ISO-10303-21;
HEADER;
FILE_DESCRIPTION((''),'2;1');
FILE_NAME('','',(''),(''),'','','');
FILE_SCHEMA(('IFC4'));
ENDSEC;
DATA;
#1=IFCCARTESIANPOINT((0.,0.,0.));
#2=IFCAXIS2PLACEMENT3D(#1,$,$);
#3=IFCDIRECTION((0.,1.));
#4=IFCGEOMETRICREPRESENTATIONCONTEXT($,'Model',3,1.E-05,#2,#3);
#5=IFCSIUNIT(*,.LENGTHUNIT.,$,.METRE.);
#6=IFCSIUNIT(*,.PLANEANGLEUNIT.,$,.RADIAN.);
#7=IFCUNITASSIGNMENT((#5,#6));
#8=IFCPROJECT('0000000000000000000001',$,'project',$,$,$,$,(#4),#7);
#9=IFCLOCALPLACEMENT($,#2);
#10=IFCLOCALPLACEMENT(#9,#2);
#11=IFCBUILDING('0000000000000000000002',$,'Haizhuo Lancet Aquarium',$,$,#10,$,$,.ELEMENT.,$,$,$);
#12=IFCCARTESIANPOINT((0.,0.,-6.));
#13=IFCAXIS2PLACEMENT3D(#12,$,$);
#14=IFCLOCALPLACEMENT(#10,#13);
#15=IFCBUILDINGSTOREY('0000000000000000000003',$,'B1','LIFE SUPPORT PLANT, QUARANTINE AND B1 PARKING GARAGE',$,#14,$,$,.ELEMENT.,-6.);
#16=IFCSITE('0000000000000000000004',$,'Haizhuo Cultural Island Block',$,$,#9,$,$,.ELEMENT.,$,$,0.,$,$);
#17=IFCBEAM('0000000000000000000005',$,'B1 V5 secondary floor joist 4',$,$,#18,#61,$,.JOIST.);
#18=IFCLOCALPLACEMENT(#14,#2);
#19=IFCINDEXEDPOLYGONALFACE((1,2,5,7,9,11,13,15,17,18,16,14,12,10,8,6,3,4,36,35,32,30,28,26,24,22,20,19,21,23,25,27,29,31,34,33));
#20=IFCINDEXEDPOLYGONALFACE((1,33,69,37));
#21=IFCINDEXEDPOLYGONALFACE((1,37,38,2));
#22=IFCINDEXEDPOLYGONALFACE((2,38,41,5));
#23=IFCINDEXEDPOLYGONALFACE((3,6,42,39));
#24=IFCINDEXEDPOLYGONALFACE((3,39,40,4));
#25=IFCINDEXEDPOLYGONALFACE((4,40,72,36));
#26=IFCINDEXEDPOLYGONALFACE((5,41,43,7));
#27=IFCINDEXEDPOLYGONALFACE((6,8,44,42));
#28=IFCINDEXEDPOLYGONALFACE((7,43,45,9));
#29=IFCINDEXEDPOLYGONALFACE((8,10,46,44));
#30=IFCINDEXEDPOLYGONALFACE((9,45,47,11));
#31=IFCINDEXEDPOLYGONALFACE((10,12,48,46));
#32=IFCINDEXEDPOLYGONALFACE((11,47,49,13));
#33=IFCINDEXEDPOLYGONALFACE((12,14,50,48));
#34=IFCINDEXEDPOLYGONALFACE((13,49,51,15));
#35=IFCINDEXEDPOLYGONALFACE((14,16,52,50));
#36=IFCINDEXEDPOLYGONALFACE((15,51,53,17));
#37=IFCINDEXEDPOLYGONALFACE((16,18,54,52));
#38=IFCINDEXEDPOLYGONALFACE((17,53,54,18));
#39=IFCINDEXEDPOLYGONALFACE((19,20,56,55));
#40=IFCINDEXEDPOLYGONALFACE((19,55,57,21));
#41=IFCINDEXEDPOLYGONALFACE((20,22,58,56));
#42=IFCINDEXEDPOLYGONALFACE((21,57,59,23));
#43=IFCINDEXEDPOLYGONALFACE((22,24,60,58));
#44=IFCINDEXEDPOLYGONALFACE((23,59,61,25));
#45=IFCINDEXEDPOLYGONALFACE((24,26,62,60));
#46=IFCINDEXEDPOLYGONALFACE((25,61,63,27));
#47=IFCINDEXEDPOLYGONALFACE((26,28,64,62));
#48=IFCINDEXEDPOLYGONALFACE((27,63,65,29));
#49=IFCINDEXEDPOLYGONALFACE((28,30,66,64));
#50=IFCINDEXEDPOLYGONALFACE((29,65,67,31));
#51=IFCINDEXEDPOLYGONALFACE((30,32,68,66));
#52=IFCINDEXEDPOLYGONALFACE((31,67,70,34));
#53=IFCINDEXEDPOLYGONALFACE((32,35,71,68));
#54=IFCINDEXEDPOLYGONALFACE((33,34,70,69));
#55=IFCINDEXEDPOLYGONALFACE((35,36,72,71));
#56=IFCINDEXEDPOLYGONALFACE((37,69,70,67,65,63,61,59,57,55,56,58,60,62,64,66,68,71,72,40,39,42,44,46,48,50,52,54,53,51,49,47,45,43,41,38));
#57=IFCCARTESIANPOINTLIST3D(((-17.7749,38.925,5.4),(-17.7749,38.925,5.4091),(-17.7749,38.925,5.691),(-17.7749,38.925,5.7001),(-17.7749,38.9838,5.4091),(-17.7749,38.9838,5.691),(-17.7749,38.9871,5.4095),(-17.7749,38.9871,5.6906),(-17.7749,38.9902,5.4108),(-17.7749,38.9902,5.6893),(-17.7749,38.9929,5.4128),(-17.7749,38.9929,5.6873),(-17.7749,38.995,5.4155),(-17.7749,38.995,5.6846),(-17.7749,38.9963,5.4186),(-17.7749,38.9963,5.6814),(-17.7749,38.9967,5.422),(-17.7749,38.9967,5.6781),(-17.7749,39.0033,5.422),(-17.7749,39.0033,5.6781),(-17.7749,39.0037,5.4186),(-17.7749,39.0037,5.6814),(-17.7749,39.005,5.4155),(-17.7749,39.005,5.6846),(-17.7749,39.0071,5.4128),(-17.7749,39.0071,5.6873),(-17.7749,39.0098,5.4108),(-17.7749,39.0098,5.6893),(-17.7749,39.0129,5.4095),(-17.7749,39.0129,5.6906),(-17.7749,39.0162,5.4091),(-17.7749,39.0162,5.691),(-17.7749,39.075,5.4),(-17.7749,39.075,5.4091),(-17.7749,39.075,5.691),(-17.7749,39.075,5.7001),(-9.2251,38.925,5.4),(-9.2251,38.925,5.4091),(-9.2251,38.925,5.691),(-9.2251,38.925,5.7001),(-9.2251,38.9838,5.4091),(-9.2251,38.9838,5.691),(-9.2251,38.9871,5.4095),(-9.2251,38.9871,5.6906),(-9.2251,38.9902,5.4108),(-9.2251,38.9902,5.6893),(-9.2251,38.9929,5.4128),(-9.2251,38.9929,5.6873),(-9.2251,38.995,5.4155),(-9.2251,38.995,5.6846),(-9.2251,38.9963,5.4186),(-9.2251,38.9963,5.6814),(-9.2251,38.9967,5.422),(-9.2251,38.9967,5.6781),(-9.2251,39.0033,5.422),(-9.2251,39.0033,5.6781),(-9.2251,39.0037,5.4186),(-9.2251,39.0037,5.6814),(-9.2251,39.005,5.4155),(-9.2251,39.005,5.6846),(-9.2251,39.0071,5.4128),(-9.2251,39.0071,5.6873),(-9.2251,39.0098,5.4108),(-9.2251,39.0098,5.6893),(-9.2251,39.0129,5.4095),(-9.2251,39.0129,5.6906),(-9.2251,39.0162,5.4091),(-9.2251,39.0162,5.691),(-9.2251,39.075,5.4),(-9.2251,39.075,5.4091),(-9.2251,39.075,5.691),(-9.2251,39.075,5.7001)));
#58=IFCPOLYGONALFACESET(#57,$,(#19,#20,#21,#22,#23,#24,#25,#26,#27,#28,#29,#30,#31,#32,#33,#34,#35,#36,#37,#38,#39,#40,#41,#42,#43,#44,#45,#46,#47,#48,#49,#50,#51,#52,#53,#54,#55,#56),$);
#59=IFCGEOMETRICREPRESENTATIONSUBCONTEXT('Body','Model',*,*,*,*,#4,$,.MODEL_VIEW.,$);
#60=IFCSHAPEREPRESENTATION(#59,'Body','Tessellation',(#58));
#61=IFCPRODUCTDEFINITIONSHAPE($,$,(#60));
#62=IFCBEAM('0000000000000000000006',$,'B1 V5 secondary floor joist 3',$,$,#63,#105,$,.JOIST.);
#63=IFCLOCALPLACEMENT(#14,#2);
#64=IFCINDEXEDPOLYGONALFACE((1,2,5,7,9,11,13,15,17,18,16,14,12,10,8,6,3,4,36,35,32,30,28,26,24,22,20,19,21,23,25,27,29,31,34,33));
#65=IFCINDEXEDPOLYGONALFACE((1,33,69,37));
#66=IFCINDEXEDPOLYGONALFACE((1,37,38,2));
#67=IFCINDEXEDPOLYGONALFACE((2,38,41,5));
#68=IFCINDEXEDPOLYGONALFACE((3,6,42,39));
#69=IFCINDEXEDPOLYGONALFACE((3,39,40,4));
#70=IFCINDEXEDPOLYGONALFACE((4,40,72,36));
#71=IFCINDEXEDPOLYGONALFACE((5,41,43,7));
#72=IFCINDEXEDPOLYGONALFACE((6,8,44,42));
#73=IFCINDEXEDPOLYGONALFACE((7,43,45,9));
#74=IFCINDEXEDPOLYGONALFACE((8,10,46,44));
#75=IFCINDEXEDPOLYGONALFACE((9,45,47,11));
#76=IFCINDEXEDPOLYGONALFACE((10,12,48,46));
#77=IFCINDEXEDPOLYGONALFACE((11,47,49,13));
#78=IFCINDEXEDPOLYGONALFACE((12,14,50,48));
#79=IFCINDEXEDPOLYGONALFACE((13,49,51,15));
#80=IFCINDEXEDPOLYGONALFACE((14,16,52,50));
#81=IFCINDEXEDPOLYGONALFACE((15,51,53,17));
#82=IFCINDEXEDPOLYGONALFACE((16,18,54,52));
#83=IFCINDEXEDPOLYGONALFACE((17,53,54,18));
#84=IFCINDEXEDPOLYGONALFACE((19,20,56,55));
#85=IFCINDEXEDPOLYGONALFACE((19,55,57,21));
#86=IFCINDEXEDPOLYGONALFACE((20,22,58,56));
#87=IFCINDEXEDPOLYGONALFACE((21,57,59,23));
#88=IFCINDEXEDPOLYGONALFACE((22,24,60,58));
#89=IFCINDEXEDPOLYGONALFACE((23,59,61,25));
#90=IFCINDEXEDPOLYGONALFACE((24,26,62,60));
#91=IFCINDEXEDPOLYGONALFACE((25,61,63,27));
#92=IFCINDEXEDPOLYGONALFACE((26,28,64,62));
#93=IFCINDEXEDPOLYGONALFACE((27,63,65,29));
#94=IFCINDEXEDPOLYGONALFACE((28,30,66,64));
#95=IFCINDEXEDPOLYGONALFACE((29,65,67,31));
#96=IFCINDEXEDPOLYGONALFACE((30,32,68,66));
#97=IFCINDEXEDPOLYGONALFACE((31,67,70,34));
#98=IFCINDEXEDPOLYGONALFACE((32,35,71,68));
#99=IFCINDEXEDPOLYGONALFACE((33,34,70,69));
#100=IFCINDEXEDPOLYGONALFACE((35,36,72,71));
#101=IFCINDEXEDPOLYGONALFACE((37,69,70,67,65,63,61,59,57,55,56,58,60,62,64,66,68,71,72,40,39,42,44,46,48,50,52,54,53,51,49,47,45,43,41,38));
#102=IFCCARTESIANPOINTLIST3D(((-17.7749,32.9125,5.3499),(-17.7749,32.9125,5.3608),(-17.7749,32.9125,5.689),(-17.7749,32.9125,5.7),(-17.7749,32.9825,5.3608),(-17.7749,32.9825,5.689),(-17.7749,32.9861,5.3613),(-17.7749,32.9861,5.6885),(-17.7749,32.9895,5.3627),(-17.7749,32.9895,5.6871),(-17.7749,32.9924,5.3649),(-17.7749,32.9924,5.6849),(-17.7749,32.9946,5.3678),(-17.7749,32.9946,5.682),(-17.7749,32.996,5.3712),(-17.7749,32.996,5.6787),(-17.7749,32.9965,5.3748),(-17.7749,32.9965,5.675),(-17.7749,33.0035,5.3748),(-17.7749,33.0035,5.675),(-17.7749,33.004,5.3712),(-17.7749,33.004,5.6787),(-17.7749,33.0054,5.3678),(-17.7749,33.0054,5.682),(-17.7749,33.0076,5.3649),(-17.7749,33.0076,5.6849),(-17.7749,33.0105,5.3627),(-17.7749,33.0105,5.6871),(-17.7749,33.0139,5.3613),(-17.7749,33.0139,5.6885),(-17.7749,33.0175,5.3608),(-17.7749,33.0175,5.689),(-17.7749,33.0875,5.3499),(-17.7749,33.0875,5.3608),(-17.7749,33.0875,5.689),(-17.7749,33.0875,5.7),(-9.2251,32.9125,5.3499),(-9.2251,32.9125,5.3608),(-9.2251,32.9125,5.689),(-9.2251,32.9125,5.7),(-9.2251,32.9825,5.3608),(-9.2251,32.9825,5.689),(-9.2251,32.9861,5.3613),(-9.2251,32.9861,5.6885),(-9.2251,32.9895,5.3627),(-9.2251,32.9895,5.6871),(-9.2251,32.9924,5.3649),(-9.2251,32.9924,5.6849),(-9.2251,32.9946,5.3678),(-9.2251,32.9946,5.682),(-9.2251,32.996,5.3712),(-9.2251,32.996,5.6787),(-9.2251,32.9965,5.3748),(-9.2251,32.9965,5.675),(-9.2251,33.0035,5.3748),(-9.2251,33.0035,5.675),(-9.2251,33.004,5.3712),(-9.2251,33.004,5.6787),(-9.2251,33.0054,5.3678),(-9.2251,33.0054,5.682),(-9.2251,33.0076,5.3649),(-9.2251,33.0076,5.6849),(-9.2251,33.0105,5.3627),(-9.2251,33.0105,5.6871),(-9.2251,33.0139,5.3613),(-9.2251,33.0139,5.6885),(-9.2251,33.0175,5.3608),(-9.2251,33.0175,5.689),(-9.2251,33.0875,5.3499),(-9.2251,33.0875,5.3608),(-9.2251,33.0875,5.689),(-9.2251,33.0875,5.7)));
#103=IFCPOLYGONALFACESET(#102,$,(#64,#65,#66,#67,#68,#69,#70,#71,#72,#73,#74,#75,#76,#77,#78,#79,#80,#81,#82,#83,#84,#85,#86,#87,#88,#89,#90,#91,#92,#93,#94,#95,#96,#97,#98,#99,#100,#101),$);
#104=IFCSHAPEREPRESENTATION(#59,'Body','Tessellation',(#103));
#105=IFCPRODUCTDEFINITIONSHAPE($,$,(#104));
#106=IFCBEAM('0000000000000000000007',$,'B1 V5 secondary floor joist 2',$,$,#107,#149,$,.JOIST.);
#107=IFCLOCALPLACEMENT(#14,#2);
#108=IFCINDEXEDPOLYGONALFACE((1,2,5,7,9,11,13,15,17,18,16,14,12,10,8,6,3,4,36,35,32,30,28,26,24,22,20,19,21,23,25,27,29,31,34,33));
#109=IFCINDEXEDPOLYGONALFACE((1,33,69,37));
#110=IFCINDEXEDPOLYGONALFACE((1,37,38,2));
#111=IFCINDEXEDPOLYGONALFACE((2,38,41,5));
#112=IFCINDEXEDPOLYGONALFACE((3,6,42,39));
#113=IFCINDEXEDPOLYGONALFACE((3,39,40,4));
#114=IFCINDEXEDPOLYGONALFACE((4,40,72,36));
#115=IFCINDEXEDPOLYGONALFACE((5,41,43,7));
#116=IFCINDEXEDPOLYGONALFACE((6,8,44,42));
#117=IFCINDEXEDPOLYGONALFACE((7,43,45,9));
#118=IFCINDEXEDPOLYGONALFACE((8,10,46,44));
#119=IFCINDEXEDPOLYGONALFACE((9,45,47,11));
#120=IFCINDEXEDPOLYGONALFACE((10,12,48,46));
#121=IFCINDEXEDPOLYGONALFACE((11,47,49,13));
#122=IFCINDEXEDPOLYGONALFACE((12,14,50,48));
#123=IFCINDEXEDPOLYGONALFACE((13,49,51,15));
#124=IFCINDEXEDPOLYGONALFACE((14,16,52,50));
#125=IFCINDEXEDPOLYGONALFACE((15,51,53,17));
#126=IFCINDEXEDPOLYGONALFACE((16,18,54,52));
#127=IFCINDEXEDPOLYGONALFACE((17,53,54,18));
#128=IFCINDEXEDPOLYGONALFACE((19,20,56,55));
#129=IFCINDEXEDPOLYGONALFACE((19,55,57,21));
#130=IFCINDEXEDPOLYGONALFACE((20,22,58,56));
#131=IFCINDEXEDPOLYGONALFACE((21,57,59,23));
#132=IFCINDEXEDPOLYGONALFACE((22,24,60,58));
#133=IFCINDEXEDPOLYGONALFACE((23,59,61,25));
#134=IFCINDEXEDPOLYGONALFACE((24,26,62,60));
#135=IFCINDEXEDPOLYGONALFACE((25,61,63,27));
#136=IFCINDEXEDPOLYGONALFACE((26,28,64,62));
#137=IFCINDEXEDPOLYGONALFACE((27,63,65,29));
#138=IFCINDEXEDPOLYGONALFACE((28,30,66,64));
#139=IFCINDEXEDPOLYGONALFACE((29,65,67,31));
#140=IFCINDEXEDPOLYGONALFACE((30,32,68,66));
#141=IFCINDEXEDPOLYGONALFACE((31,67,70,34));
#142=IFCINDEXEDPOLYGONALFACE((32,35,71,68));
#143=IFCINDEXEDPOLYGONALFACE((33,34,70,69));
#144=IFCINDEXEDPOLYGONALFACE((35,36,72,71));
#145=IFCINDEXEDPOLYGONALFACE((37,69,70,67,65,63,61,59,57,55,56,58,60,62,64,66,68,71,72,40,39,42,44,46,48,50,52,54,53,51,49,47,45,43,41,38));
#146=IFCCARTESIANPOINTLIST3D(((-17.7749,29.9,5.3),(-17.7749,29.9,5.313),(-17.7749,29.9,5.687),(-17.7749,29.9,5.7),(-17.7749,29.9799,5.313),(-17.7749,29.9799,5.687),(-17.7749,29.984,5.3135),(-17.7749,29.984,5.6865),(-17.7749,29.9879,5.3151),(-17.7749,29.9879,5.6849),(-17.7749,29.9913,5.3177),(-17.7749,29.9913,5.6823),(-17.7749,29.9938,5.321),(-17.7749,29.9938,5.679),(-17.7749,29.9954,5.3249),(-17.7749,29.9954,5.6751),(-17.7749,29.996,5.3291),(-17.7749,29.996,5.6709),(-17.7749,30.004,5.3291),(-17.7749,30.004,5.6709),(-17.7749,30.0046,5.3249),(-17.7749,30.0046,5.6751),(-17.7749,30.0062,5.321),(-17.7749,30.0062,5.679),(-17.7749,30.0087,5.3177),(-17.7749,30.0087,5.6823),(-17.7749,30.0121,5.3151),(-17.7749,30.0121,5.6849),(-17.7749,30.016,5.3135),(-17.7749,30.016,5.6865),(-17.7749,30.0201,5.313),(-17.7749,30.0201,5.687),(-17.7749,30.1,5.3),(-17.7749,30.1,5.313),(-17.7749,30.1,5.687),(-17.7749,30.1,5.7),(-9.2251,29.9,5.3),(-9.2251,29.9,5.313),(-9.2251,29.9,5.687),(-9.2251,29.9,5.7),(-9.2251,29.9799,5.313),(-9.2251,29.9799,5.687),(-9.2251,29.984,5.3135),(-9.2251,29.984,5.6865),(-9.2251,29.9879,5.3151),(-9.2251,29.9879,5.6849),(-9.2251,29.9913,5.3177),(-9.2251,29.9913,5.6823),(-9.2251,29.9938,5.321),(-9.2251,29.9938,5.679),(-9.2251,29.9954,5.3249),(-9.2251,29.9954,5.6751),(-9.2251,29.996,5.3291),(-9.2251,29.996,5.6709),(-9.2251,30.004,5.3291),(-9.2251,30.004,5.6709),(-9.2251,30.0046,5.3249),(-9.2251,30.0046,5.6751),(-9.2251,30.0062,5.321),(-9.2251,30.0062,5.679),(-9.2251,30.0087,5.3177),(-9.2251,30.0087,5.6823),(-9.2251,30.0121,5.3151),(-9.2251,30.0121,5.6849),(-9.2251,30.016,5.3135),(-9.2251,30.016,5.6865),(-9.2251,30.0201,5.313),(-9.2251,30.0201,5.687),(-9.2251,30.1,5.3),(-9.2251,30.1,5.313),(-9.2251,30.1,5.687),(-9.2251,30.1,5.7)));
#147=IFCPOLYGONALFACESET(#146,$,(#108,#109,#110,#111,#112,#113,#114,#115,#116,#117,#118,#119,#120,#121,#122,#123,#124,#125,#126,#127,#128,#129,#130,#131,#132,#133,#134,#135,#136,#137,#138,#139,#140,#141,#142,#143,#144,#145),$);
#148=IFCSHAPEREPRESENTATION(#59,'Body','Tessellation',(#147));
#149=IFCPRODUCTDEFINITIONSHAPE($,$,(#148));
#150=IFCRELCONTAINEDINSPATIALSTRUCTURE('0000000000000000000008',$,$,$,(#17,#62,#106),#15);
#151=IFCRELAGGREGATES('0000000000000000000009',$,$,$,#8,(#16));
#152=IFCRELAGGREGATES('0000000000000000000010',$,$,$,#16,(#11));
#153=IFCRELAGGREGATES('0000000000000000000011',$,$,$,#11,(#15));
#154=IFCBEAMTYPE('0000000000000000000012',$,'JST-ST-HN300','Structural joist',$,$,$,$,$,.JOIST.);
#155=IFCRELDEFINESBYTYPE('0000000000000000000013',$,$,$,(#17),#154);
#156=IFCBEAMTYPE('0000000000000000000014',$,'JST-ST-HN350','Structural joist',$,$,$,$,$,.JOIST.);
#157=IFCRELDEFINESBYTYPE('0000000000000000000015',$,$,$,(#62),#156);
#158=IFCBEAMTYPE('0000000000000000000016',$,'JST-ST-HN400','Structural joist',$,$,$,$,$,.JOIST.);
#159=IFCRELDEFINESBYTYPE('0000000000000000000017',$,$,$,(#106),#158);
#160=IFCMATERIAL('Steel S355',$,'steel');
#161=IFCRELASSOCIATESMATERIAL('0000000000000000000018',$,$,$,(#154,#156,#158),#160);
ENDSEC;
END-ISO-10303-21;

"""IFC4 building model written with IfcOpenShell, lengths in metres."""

from ifc_helpers import new_model, si_unit, direction, frame, origin, origin_2d, place, context, subcontext, project, spatial, i_section, extrude, material, material_profile, profile_set, type_object, element, save


model = new_model("IFC4")

# Units and contexts
model_context = context("Model", 3, precision=1e-05, world=origin(), true_north=direction((0.0, 1.0)))
body_context = subcontext(model_context, "Body", "Model", "MODEL_VIEW")
ifc_project = project(units=[si_unit("LENGTHUNIT", "METRE"), si_unit("PLANEANGLEUNIT", "RADIAN")], contexts=[model_context])

# Site, building, storey
site_placement = place(None, origin())
site = spatial("IfcSite", under=ifc_project, at=site_placement, Name="Haizhuo Cultural Island Block", CompositionType="ELEMENT", RefElevation=0.0)
building_placement = place(site_placement, origin())
building = spatial("IfcBuilding", under=site, at=building_placement, Name="Haizhuo Lancet Aquarium", CompositionType="ELEMENT")
storey_placement = place(building_placement, frame((0.0, 0.0, -6.0)))
storey = spatial("IfcBuildingStorey", under=building, at=storey_placement, Name="B1", Description="LIFE SUPPORT PLANT, QUARANTINE AND B1 PARKING GARAGE", CompositionType="ELEMENT", Elevation=-6.0)

# Beams
ifc_material_1 = material(Name="Steel S355", Category="steel")
ifc_material_profile_1 = material_profile(ifc_material_1, i_section(OverallWidth=0.1499, OverallDepth=0.3, WebThickness=0.0066, FlangeThickness=0.009, FilletRadius=0.0129, at=origin_2d()), Name="HN 300x150x6.5x9")
ifc_profile_set_1 = profile_set([ifc_material_profile_1], Name="Steel S355")
beam_type_1 = type_object("IfcBeamType", Name="JST-ST-HN300", Description="Structural joist", PredefinedType="JOIST", material=ifc_profile_set_1)
beam_1_placement = place(storey_placement, frame((-17.7749, 39.0, 5.55), z_axis=(1.0, 0.0, 0.0), x_axis=(0.0, 1.0, 0.0)))
element("IfcBeam", 1, at=beam_1_placement, inside=storey, type_object=beam_type_1, Name="B1 V5 secondary floor joist 4", PredefinedType="JOIST", context=body_context, shape_type="SweptSolid", body=[
    extrude(i_section(OverallWidth=0.1499, OverallDepth=0.3, WebThickness=0.0066, FlangeThickness=0.009, FilletRadius=0.0129, at=origin_2d()), origin(), (0.0, 0.0, 1.0), 8.5498),
])
ifc_material_profile_2 = material_profile(ifc_material_1, i_section(OverallWidth=0.175, OverallDepth=0.3501, WebThickness=0.0071, FlangeThickness=0.011, FilletRadius=0.0139, at=origin_2d()), Name="HN 350x175x7x11")
ifc_profile_set_2 = profile_set([ifc_material_profile_2], Name="Steel S355")
beam_type_2 = type_object("IfcBeamType", Name="JST-ST-HN350", Description="Structural joist", PredefinedType="JOIST", material=ifc_profile_set_2)
beam_2_placement = place(storey_placement, frame((-17.7749, 33.0, 5.5249), z_axis=(1.0, 0.0, 0.0), x_axis=(0.0, 1.0, 0.0)))
element("IfcBeam", 2, at=beam_2_placement, inside=storey, type_object=beam_type_2, Name="B1 V5 secondary floor joist 3", PredefinedType="JOIST", context=body_context, shape_type="SweptSolid", body=[
    extrude(i_section(OverallWidth=0.175, OverallDepth=0.3501, WebThickness=0.0071, FlangeThickness=0.011, FilletRadius=0.0139, at=origin_2d()), origin(), (0.0, 0.0, 1.0), 8.5498),
])
ifc_material_profile_3 = material_profile(ifc_material_1, i_section(OverallWidth=0.2, OverallDepth=0.3999, WebThickness=0.0081, FlangeThickness=0.0129, FilletRadius=0.0161, at=origin_2d()), Name="HN 400x200x8x13")
ifc_profile_set_3 = profile_set([ifc_material_profile_3], Name="Steel S355")
beam_type_3 = type_object("IfcBeamType", Name="JST-ST-HN400", Description="Structural joist", PredefinedType="JOIST", material=ifc_profile_set_3)
beam_3_placement = place(storey_placement, frame((-17.7749, 30.0, 5.5), z_axis=(1.0, 0.0, 0.0), x_axis=(0.0, 1.0, 0.0)))
element("IfcBeam", 3, at=beam_3_placement, inside=storey, type_object=beam_type_3, Name="B1 V5 secondary floor joist 2", PredefinedType="JOIST", context=body_context, shape_type="SweptSolid", body=[
    extrude(i_section(OverallWidth=0.2, OverallDepth=0.3999, WebThickness=0.0081, FlangeThickness=0.0129, FilletRadius=0.0161, at=origin_2d()), origin(), (0.0, 0.0, 1.0), 8.5498),
])

save(model, "model.ifc")
